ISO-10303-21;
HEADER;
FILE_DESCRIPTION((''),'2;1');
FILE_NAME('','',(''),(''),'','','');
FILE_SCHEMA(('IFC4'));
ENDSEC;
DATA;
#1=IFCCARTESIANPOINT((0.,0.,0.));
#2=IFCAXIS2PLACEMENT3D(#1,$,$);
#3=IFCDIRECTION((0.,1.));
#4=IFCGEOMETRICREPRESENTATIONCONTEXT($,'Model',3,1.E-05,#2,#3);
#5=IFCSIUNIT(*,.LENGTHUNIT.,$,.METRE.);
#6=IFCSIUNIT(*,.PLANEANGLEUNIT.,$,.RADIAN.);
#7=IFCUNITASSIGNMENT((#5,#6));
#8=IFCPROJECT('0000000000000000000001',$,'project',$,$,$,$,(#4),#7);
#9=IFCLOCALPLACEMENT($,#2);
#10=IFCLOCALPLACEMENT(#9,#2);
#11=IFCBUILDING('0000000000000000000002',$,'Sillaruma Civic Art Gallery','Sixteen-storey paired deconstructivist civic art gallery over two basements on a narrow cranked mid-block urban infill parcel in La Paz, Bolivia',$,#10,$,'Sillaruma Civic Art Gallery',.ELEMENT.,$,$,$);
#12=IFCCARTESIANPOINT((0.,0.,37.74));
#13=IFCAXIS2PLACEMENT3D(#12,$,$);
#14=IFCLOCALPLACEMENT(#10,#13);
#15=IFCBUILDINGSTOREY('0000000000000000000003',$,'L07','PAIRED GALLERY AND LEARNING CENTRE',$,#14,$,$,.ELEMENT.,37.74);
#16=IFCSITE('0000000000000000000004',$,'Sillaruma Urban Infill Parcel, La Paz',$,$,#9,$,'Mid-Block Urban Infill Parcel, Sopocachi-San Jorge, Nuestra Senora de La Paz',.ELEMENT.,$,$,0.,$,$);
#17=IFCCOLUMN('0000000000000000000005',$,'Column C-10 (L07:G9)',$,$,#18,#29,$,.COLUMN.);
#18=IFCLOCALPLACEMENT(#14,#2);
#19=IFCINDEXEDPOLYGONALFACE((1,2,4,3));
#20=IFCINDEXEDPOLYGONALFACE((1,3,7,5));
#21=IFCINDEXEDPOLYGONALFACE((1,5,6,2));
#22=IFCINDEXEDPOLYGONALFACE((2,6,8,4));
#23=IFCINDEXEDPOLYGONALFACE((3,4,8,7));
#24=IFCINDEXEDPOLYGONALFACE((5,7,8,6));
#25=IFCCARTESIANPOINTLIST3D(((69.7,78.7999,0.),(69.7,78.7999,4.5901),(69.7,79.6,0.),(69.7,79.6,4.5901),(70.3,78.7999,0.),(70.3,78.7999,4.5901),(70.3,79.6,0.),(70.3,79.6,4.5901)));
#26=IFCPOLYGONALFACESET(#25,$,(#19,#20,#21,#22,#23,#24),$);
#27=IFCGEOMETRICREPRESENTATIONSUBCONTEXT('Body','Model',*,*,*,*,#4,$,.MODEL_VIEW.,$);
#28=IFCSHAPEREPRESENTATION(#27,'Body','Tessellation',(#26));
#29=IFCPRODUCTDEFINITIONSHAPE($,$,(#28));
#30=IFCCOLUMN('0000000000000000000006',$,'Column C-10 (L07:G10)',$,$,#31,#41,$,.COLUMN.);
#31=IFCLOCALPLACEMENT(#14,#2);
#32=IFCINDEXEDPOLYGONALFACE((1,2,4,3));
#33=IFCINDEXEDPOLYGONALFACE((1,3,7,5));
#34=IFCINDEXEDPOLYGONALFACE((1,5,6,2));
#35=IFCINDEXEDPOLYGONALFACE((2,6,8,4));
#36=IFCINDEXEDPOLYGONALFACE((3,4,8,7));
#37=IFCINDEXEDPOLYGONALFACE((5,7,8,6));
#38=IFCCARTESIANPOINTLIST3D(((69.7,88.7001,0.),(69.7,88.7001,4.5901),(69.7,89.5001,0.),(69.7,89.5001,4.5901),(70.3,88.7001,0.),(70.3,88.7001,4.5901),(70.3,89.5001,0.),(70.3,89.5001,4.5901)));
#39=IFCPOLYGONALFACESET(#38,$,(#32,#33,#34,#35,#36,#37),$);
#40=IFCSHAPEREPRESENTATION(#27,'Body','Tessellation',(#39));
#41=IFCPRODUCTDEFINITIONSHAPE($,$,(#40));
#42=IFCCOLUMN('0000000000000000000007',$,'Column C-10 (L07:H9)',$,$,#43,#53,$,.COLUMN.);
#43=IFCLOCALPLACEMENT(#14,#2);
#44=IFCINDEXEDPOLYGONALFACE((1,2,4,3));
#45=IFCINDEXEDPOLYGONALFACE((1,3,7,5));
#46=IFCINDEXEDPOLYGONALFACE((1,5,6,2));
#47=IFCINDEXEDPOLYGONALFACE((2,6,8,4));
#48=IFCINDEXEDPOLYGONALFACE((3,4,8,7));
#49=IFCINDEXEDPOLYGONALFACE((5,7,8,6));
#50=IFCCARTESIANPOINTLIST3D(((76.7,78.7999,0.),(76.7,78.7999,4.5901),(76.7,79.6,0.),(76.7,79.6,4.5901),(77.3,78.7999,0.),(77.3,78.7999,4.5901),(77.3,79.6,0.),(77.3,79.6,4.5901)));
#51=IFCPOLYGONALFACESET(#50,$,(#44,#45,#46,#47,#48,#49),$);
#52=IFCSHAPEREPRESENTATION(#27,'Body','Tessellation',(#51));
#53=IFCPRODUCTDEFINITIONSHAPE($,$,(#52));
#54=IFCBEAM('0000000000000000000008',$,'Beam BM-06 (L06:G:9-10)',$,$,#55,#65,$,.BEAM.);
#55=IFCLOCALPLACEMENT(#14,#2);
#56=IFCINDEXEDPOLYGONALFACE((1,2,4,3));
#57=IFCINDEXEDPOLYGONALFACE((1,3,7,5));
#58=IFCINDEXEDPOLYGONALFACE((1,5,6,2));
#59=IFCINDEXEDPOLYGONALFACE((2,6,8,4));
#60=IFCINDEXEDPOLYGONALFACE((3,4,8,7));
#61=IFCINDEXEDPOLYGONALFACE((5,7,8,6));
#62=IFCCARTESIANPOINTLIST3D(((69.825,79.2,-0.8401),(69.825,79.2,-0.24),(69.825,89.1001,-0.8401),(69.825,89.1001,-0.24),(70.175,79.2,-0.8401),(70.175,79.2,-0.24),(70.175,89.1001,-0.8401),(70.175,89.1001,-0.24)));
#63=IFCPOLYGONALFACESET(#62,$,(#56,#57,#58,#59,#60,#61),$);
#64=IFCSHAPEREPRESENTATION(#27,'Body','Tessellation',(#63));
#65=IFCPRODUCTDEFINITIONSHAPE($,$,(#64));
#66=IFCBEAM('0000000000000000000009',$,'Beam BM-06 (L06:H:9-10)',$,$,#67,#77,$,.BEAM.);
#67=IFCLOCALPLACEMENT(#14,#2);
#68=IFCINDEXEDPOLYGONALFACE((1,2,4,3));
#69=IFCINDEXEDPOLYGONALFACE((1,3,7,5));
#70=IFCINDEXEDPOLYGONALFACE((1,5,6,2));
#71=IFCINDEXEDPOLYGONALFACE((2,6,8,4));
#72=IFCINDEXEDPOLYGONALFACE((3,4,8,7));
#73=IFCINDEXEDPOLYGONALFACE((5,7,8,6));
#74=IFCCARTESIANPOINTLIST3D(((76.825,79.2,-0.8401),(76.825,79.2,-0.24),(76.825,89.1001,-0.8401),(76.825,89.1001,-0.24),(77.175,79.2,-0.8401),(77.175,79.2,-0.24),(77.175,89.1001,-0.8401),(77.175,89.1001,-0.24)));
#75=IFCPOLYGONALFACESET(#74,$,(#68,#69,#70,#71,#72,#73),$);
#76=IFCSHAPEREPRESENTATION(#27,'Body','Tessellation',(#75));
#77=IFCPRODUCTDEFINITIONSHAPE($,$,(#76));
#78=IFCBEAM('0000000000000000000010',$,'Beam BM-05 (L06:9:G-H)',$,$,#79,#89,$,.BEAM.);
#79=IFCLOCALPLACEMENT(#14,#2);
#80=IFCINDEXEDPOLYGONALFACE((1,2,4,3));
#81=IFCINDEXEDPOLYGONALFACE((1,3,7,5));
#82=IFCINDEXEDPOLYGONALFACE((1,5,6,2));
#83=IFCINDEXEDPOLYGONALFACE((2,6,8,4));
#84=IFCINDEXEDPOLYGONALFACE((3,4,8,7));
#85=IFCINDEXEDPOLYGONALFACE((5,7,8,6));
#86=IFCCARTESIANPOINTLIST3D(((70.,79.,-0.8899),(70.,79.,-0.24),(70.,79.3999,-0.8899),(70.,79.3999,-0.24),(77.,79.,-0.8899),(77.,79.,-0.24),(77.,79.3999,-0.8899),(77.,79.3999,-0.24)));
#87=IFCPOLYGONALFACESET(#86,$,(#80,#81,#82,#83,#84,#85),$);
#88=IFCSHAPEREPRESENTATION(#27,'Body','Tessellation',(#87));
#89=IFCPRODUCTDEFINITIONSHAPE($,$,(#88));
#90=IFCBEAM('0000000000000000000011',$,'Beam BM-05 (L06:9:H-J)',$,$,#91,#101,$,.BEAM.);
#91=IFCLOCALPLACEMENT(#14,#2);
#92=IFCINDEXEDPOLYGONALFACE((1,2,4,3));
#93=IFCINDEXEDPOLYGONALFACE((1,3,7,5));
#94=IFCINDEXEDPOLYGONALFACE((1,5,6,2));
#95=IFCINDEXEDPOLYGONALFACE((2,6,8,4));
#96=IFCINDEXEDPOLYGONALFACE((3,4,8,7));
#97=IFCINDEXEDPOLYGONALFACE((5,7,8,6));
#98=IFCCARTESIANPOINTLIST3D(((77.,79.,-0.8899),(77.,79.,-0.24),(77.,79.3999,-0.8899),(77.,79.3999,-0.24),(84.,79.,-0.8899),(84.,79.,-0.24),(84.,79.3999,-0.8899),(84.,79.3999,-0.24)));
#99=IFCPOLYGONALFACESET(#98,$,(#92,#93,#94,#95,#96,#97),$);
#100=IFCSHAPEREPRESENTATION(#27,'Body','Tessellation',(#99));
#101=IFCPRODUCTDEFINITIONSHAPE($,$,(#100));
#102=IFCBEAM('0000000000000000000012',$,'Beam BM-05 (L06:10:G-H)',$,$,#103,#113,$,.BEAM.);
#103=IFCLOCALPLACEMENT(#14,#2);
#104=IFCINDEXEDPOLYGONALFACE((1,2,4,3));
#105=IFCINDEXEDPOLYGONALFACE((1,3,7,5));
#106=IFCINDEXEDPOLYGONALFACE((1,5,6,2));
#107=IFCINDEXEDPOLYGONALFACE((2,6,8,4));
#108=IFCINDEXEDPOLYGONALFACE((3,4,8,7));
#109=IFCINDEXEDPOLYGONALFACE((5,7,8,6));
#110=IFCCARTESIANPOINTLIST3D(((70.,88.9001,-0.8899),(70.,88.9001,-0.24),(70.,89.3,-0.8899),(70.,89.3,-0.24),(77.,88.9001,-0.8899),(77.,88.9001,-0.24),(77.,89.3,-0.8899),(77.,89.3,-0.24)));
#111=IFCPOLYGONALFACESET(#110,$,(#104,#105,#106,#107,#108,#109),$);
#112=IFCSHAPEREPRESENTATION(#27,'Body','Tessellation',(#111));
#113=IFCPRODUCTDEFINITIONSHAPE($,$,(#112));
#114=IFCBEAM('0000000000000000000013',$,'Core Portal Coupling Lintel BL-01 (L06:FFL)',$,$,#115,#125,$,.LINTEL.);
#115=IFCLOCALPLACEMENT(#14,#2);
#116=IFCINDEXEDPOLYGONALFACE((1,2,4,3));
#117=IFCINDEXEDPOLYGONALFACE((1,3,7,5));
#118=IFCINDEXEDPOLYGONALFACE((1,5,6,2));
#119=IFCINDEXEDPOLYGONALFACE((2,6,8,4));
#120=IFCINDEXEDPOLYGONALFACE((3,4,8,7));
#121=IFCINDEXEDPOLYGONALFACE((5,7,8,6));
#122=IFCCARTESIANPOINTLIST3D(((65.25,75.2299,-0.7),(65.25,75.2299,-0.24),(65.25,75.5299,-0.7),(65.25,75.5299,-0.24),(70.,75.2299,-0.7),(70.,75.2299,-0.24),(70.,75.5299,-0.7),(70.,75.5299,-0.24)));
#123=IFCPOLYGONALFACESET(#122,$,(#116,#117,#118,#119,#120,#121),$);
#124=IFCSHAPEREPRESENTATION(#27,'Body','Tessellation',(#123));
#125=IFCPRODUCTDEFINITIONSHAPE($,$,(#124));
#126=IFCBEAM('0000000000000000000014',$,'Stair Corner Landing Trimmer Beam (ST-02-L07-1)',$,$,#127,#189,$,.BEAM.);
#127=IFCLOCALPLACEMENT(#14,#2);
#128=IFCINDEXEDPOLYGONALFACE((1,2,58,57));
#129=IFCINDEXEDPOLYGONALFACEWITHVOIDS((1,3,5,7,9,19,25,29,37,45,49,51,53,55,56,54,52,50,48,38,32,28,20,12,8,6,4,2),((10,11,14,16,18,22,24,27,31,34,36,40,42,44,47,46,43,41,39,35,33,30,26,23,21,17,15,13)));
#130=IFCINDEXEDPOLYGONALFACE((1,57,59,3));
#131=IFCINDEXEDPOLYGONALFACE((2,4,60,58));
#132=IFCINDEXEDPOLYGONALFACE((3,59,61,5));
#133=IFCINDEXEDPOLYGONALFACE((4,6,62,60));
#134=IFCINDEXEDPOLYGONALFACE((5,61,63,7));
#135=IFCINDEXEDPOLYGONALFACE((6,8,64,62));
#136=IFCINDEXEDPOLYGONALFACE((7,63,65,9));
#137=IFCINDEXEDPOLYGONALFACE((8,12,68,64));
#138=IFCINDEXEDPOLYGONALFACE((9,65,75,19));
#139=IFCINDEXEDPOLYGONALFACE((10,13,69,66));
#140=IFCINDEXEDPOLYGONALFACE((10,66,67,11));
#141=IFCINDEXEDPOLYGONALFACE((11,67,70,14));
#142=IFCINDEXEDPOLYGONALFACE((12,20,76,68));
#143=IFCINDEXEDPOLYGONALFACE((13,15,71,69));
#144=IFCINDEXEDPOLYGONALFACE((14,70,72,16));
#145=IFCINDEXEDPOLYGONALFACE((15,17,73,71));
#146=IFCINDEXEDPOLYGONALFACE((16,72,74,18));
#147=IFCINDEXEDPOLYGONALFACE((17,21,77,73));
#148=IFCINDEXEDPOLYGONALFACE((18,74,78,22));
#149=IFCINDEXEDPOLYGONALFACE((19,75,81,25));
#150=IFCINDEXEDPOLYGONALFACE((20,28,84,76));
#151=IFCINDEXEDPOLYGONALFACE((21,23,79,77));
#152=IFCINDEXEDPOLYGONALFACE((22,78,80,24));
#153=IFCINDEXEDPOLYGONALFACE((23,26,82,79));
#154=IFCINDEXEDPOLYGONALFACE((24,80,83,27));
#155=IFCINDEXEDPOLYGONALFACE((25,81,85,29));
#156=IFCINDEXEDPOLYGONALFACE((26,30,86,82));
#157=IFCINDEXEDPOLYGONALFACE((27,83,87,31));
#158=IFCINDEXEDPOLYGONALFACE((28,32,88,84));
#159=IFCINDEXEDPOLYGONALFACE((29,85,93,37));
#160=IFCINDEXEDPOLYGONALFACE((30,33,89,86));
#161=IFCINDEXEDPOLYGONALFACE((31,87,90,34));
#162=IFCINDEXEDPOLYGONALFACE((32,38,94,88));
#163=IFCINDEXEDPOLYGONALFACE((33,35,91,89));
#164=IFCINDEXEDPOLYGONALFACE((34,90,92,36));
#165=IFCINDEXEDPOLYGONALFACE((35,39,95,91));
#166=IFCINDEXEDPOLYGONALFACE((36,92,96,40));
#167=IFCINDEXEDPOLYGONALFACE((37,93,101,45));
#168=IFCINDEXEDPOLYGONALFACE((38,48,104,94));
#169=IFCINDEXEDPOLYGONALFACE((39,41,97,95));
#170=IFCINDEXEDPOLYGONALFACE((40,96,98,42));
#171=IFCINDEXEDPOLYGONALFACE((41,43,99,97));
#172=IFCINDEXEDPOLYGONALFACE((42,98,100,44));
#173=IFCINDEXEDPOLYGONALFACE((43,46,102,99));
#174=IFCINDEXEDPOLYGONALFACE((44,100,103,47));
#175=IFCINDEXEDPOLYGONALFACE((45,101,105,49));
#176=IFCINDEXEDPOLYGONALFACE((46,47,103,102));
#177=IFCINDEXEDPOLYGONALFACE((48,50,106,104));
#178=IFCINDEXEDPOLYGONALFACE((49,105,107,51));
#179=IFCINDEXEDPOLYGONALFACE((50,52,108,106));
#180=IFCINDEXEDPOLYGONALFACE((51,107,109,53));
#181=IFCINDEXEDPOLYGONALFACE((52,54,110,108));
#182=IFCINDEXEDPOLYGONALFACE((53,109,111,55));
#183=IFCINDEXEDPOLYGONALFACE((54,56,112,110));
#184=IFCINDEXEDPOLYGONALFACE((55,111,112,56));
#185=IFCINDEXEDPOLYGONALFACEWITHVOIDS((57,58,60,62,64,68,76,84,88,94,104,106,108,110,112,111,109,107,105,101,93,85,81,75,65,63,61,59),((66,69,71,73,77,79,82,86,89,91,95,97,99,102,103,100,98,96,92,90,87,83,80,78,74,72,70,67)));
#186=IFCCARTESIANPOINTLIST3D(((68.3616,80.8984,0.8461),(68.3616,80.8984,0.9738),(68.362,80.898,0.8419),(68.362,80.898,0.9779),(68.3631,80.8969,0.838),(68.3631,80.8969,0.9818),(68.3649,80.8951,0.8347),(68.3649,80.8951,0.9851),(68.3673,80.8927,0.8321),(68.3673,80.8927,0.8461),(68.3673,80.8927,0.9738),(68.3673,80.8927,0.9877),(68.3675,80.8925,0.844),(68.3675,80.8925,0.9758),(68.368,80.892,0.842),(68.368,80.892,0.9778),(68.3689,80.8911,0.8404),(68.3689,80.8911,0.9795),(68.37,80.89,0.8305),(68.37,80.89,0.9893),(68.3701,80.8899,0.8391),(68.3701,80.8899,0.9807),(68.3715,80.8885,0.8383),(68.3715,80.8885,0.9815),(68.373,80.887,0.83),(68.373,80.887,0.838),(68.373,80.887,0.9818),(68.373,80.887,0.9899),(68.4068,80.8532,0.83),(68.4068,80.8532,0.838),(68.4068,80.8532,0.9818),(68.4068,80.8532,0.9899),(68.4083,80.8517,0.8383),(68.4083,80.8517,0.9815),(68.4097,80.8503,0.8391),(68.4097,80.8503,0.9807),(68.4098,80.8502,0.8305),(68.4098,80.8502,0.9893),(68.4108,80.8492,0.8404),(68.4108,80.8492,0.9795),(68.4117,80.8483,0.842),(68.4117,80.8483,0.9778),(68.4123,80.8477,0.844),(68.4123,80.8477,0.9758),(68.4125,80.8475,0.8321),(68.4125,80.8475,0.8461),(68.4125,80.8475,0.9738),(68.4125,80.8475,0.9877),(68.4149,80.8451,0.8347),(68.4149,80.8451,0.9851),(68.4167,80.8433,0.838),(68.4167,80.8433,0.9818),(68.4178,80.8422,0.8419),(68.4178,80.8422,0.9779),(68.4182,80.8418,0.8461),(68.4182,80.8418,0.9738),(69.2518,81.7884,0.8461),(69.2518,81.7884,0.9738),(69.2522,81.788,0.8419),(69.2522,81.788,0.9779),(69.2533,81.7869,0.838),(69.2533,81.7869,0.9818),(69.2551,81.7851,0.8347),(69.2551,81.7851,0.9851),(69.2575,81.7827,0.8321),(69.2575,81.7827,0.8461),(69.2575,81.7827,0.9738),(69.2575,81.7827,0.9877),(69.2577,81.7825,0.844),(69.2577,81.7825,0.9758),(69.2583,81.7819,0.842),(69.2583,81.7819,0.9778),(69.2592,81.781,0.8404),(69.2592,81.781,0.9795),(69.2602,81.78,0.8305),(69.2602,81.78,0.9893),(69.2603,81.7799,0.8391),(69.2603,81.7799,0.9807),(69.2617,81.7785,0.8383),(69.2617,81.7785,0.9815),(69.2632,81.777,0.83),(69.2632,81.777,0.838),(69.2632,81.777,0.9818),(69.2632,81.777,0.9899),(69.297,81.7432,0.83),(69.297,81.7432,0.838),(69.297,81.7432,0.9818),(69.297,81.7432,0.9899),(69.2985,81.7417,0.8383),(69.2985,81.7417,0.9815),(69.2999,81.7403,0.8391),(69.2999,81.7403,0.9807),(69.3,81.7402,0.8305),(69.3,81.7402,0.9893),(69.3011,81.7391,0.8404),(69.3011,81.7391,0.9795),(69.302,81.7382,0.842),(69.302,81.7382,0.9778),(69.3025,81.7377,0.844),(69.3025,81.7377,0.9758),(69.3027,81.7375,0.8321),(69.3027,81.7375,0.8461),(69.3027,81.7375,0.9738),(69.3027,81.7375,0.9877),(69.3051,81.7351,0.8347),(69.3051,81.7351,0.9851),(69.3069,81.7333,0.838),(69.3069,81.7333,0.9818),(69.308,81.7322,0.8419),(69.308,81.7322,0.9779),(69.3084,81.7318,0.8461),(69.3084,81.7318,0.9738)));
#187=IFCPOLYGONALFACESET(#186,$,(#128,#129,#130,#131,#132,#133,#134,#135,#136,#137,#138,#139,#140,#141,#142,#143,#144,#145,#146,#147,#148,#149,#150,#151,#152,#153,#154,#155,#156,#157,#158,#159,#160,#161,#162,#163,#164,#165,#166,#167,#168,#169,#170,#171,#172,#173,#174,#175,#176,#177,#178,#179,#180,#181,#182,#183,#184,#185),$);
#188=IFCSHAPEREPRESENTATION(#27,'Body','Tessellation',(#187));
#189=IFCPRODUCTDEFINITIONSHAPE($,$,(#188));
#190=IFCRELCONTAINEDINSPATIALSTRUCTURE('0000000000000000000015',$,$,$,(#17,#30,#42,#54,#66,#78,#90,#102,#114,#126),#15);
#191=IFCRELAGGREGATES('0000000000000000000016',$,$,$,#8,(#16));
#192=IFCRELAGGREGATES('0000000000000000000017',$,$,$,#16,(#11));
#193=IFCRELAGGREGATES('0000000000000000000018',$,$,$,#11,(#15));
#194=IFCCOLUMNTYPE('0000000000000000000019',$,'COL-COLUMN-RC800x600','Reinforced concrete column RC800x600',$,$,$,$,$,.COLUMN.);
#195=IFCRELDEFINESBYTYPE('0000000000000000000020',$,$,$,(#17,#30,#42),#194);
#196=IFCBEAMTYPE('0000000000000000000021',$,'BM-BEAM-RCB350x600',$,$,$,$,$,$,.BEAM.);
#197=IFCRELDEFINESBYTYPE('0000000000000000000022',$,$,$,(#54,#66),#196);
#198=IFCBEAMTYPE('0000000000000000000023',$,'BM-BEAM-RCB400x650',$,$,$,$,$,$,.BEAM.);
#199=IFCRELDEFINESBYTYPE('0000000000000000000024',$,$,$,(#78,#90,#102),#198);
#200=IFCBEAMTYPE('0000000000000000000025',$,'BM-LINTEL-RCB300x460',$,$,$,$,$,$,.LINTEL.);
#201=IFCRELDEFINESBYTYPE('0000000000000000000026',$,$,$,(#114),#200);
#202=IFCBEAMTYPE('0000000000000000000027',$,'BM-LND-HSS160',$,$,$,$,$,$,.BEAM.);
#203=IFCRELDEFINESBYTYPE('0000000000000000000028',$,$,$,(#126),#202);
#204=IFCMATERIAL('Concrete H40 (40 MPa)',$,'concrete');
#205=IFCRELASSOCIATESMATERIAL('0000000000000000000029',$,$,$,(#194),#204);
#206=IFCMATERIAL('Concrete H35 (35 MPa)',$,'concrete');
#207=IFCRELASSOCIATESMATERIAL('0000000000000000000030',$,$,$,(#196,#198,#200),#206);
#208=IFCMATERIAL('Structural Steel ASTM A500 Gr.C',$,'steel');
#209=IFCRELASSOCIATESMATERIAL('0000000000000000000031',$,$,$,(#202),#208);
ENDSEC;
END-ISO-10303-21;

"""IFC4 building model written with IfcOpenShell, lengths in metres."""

from ifc_helpers import new_model, si_unit, direction, frame, origin, origin_2d, place, context, subcontext, project, spatial, rectangle, hollow_rectangle, extrude, material, material_profile, profile_set, type_object, element, save


model = new_model("IFC4")

# Units and contexts
model_context = context("Model", 3, precision=1e-05, world=origin(), true_north=direction((0.0, 1.0)))
body_context = subcontext(model_context, "Body", "Model", "MODEL_VIEW")
ifc_project = project(units=[si_unit("LENGTHUNIT", "METRE"), si_unit("PLANEANGLEUNIT", "RADIAN")], contexts=[model_context])

# Site, building, storey
site_placement = place(None, origin())
site = spatial("IfcSite", under=ifc_project, at=site_placement, Name="Sillaruma Urban Infill Parcel, La Paz", LongName="Mid-Block Urban Infill Parcel, Sopocachi-San Jorge, Nuestra Senora de La Paz", CompositionType="ELEMENT", RefElevation=0.0)
building_placement = place(site_placement, origin())
building = spatial("IfcBuilding", under=site, at=building_placement, Name="Sillaruma Civic Art Gallery", Description="Sixteen-storey paired deconstructivist civic art gallery over two basements on a narrow cranked mid-block urban infill parcel in La Paz, Bolivia", LongName="Sillaruma Civic Art Gallery", CompositionType="ELEMENT")
storey_placement = place(building_placement, frame((0.0, 0.0, 37.74)))
storey = spatial("IfcBuildingStorey", under=building, at=storey_placement, Name="L07", Description="PAIRED GALLERY AND LEARNING CENTRE", CompositionType="ELEMENT", Elevation=37.74)

# Columns
ifc_material_1 = material(Name="Concrete H40 (40 MPa)", Category="concrete")
ifc_material_profile_1 = material_profile(ifc_material_1, rectangle(XDim=0.6001, YDim=0.8, at=origin_2d()), Name="RC800x600")
ifc_profile_set_1 = profile_set([ifc_material_profile_1], Name="Concrete H40 (40 MPa)")
column_type = type_object("IfcColumnType", Name="COL-COLUMN-RC800x600", Description="Reinforced concrete column RC800x600", PredefinedType="COLUMN", material=ifc_profile_set_1)
for number, where, z_axis, x_axis, name in (
    (1, (70.0, 79.2, 0.0), (0.0, 0.0, 1.0), (1.0, 0.0, 0.0), "Column C-10 (L07:G9)"),
    (2, (70.0, 89.1001, 0.0), (0.0, 0.0, 1.0), (1.0, 0.0, 0.0), "Column C-10 (L07:G10)"),
    (3, (77.0, 79.2, 0.0), (0.0, 0.0, 1.0), (1.0, 0.0, 0.0), "Column C-10 (L07:H9)"),
):
    element("IfcColumn", number, at=place(storey_placement, frame(where, z_axis=z_axis, x_axis=x_axis)), inside=storey, type_object=column_type, Name=name, PredefinedType="COLUMN", context=body_context, shape_type="SweptSolid", body=[
        extrude(rectangle(XDim=0.6001, YDim=0.8, at=origin_2d()), origin(), (0.0, 0.0, 1.0), 4.5901),
    ])

# Beams
ifc_material_2 = material(Name="Concrete H35 (35 MPa)", Category="concrete")
ifc_material_profile_2 = material_profile(ifc_material_2, rectangle(XDim=0.3501, YDim=0.6001, at=origin_2d()), Name="RCB350x600")
ifc_profile_set_2 = profile_set([ifc_material_profile_2], Name="Concrete H35 (35 MPa)")
beam_type_1 = type_object("IfcBeamType", Name="BM-BEAM-RCB350x600", PredefinedType="BEAM", material=ifc_profile_set_2)
for number, where, z_axis, x_axis, name in (
    (4, (70.0, 79.2, -0.54), (0.0, 1.0, 0.0), (-1.0, 0.0, 0.0), "Beam BM-06 (L06:G:9-10)"),
    (5, (77.0, 79.2, -0.54), (0.0, 1.0, 0.0), (-1.0, 0.0, 0.0), "Beam BM-06 (L06:H:9-10)"),
):
    element("IfcBeam", number, at=place(storey_placement, frame(where, z_axis=z_axis, x_axis=x_axis)), inside=storey, type_object=beam_type_1, Name=name, PredefinedType="BEAM", context=body_context, shape_type="SweptSolid", body=[
        extrude(rectangle(XDim=0.3501, YDim=0.6001, at=origin_2d()), origin(), (0.0, 0.0, 1.0), 9.9001),
    ])
ifc_material_profile_3 = material_profile(ifc_material_2, rectangle(XDim=0.3999, YDim=0.6499, at=origin_2d()), Name="RCB400x650")
ifc_profile_set_3 = profile_set([ifc_material_profile_3], Name="Concrete H35 (35 MPa)")
beam_type_2 = type_object("IfcBeamType", Name="BM-BEAM-RCB400x650", PredefinedType="BEAM", material=ifc_profile_set_3)
for number, where, z_axis, x_axis, name in (
    (6, (70.0, 79.2, -0.5649), (1.0, 0.0, 0.0), (0.0, 1.0, 0.0), "Beam BM-05 (L06:9:G-H)"),
    (7, (77.0, 79.2, -0.5649), (1.0, 0.0, 0.0), (0.0, 1.0, 0.0), "Beam BM-05 (L06:9:H-J)"),
    (8, (70.0, 89.1001, -0.5649), (1.0, 0.0, 0.0), (0.0, 1.0, 0.0), "Beam BM-05 (L06:10:G-H)"),
):
    element("IfcBeam", number, at=place(storey_placement, frame(where, z_axis=z_axis, x_axis=x_axis)), inside=storey, type_object=beam_type_2, Name=name, PredefinedType="BEAM", context=body_context, shape_type="SweptSolid", body=[
        extrude(rectangle(XDim=0.3999, YDim=0.6499, at=origin_2d()), origin(), (0.0, 0.0, 1.0), 7.0),
    ])
ifc_material_profile_4 = material_profile(ifc_material_2, rectangle(XDim=0.3, YDim=0.46, at=origin_2d()), Name="RCB300x460")
ifc_profile_set_4 = profile_set([ifc_material_profile_4], Name="Concrete H35 (35 MPa)")
beam_type_3 = type_object("IfcBeamType", Name="BM-LINTEL-RCB300x460", PredefinedType="LINTEL", material=ifc_profile_set_4)
beam_placement = place(storey_placement, frame((65.25, 75.3799, -0.47), z_axis=(1.0, 0.0, 0.0), x_axis=(0.0, 1.0, 0.0)))
element("IfcBeam", 9, at=beam_placement, inside=storey, type_object=beam_type_3, Name="Core Portal Coupling Lintel BL-01 (L06:FFL)", PredefinedType="LINTEL", context=body_context, shape_type="SweptSolid", body=[
    extrude(rectangle(XDim=0.3, YDim=0.46, at=origin_2d()), origin(), (0.0, 0.0, 1.0), 4.75),
])
ifc_material_3 = material(Name="Structural Steel ASTM A500 Gr.C", Category="steel")
ifc_material_profile_5 = material_profile(ifc_material_3, hollow_rectangle(XDim=0.0801, YDim=0.1599, WallThickness=0.0081, InnerFilletRadius=0.0081, OuterFilletRadius=0.0161, at=origin_2d()), Name="HSS160x80x8")
ifc_profile_set_5 = profile_set([ifc_material_profile_5], Name="Structural Steel ASTM A500 Gr.C")
beam_type_4 = type_object("IfcBeamType", Name="BM-LND-HSS160", PredefinedType="BEAM", material=ifc_profile_set_5)
for number, where, z_axis, x_axis, name in (
    (10, (68.3899, 80.8701, 0.9099), (0.707204, 0.70701, 0.0), (-0.70701, 0.707204, 0.0), "Stair Corner Landing Trimmer Beam (ST-02-L07-1)"),
):
    element("IfcBeam", number, at=place(storey_placement, frame(where, z_axis=z_axis, x_axis=x_axis)), inside=storey, type_object=beam_type_4, Name=name, PredefinedType="BEAM", context=body_context, shape_type="SweptSolid", body=[
        extrude(hollow_rectangle(XDim=0.0801, YDim=0.1599, WallThickness=0.0081, InnerFilletRadius=0.0081, OuterFilletRadius=0.0161, at=origin_2d()), origin(), (0.0, 0.0, 1.0), 1.2588),
    ])

save(model, "model.ifc")
